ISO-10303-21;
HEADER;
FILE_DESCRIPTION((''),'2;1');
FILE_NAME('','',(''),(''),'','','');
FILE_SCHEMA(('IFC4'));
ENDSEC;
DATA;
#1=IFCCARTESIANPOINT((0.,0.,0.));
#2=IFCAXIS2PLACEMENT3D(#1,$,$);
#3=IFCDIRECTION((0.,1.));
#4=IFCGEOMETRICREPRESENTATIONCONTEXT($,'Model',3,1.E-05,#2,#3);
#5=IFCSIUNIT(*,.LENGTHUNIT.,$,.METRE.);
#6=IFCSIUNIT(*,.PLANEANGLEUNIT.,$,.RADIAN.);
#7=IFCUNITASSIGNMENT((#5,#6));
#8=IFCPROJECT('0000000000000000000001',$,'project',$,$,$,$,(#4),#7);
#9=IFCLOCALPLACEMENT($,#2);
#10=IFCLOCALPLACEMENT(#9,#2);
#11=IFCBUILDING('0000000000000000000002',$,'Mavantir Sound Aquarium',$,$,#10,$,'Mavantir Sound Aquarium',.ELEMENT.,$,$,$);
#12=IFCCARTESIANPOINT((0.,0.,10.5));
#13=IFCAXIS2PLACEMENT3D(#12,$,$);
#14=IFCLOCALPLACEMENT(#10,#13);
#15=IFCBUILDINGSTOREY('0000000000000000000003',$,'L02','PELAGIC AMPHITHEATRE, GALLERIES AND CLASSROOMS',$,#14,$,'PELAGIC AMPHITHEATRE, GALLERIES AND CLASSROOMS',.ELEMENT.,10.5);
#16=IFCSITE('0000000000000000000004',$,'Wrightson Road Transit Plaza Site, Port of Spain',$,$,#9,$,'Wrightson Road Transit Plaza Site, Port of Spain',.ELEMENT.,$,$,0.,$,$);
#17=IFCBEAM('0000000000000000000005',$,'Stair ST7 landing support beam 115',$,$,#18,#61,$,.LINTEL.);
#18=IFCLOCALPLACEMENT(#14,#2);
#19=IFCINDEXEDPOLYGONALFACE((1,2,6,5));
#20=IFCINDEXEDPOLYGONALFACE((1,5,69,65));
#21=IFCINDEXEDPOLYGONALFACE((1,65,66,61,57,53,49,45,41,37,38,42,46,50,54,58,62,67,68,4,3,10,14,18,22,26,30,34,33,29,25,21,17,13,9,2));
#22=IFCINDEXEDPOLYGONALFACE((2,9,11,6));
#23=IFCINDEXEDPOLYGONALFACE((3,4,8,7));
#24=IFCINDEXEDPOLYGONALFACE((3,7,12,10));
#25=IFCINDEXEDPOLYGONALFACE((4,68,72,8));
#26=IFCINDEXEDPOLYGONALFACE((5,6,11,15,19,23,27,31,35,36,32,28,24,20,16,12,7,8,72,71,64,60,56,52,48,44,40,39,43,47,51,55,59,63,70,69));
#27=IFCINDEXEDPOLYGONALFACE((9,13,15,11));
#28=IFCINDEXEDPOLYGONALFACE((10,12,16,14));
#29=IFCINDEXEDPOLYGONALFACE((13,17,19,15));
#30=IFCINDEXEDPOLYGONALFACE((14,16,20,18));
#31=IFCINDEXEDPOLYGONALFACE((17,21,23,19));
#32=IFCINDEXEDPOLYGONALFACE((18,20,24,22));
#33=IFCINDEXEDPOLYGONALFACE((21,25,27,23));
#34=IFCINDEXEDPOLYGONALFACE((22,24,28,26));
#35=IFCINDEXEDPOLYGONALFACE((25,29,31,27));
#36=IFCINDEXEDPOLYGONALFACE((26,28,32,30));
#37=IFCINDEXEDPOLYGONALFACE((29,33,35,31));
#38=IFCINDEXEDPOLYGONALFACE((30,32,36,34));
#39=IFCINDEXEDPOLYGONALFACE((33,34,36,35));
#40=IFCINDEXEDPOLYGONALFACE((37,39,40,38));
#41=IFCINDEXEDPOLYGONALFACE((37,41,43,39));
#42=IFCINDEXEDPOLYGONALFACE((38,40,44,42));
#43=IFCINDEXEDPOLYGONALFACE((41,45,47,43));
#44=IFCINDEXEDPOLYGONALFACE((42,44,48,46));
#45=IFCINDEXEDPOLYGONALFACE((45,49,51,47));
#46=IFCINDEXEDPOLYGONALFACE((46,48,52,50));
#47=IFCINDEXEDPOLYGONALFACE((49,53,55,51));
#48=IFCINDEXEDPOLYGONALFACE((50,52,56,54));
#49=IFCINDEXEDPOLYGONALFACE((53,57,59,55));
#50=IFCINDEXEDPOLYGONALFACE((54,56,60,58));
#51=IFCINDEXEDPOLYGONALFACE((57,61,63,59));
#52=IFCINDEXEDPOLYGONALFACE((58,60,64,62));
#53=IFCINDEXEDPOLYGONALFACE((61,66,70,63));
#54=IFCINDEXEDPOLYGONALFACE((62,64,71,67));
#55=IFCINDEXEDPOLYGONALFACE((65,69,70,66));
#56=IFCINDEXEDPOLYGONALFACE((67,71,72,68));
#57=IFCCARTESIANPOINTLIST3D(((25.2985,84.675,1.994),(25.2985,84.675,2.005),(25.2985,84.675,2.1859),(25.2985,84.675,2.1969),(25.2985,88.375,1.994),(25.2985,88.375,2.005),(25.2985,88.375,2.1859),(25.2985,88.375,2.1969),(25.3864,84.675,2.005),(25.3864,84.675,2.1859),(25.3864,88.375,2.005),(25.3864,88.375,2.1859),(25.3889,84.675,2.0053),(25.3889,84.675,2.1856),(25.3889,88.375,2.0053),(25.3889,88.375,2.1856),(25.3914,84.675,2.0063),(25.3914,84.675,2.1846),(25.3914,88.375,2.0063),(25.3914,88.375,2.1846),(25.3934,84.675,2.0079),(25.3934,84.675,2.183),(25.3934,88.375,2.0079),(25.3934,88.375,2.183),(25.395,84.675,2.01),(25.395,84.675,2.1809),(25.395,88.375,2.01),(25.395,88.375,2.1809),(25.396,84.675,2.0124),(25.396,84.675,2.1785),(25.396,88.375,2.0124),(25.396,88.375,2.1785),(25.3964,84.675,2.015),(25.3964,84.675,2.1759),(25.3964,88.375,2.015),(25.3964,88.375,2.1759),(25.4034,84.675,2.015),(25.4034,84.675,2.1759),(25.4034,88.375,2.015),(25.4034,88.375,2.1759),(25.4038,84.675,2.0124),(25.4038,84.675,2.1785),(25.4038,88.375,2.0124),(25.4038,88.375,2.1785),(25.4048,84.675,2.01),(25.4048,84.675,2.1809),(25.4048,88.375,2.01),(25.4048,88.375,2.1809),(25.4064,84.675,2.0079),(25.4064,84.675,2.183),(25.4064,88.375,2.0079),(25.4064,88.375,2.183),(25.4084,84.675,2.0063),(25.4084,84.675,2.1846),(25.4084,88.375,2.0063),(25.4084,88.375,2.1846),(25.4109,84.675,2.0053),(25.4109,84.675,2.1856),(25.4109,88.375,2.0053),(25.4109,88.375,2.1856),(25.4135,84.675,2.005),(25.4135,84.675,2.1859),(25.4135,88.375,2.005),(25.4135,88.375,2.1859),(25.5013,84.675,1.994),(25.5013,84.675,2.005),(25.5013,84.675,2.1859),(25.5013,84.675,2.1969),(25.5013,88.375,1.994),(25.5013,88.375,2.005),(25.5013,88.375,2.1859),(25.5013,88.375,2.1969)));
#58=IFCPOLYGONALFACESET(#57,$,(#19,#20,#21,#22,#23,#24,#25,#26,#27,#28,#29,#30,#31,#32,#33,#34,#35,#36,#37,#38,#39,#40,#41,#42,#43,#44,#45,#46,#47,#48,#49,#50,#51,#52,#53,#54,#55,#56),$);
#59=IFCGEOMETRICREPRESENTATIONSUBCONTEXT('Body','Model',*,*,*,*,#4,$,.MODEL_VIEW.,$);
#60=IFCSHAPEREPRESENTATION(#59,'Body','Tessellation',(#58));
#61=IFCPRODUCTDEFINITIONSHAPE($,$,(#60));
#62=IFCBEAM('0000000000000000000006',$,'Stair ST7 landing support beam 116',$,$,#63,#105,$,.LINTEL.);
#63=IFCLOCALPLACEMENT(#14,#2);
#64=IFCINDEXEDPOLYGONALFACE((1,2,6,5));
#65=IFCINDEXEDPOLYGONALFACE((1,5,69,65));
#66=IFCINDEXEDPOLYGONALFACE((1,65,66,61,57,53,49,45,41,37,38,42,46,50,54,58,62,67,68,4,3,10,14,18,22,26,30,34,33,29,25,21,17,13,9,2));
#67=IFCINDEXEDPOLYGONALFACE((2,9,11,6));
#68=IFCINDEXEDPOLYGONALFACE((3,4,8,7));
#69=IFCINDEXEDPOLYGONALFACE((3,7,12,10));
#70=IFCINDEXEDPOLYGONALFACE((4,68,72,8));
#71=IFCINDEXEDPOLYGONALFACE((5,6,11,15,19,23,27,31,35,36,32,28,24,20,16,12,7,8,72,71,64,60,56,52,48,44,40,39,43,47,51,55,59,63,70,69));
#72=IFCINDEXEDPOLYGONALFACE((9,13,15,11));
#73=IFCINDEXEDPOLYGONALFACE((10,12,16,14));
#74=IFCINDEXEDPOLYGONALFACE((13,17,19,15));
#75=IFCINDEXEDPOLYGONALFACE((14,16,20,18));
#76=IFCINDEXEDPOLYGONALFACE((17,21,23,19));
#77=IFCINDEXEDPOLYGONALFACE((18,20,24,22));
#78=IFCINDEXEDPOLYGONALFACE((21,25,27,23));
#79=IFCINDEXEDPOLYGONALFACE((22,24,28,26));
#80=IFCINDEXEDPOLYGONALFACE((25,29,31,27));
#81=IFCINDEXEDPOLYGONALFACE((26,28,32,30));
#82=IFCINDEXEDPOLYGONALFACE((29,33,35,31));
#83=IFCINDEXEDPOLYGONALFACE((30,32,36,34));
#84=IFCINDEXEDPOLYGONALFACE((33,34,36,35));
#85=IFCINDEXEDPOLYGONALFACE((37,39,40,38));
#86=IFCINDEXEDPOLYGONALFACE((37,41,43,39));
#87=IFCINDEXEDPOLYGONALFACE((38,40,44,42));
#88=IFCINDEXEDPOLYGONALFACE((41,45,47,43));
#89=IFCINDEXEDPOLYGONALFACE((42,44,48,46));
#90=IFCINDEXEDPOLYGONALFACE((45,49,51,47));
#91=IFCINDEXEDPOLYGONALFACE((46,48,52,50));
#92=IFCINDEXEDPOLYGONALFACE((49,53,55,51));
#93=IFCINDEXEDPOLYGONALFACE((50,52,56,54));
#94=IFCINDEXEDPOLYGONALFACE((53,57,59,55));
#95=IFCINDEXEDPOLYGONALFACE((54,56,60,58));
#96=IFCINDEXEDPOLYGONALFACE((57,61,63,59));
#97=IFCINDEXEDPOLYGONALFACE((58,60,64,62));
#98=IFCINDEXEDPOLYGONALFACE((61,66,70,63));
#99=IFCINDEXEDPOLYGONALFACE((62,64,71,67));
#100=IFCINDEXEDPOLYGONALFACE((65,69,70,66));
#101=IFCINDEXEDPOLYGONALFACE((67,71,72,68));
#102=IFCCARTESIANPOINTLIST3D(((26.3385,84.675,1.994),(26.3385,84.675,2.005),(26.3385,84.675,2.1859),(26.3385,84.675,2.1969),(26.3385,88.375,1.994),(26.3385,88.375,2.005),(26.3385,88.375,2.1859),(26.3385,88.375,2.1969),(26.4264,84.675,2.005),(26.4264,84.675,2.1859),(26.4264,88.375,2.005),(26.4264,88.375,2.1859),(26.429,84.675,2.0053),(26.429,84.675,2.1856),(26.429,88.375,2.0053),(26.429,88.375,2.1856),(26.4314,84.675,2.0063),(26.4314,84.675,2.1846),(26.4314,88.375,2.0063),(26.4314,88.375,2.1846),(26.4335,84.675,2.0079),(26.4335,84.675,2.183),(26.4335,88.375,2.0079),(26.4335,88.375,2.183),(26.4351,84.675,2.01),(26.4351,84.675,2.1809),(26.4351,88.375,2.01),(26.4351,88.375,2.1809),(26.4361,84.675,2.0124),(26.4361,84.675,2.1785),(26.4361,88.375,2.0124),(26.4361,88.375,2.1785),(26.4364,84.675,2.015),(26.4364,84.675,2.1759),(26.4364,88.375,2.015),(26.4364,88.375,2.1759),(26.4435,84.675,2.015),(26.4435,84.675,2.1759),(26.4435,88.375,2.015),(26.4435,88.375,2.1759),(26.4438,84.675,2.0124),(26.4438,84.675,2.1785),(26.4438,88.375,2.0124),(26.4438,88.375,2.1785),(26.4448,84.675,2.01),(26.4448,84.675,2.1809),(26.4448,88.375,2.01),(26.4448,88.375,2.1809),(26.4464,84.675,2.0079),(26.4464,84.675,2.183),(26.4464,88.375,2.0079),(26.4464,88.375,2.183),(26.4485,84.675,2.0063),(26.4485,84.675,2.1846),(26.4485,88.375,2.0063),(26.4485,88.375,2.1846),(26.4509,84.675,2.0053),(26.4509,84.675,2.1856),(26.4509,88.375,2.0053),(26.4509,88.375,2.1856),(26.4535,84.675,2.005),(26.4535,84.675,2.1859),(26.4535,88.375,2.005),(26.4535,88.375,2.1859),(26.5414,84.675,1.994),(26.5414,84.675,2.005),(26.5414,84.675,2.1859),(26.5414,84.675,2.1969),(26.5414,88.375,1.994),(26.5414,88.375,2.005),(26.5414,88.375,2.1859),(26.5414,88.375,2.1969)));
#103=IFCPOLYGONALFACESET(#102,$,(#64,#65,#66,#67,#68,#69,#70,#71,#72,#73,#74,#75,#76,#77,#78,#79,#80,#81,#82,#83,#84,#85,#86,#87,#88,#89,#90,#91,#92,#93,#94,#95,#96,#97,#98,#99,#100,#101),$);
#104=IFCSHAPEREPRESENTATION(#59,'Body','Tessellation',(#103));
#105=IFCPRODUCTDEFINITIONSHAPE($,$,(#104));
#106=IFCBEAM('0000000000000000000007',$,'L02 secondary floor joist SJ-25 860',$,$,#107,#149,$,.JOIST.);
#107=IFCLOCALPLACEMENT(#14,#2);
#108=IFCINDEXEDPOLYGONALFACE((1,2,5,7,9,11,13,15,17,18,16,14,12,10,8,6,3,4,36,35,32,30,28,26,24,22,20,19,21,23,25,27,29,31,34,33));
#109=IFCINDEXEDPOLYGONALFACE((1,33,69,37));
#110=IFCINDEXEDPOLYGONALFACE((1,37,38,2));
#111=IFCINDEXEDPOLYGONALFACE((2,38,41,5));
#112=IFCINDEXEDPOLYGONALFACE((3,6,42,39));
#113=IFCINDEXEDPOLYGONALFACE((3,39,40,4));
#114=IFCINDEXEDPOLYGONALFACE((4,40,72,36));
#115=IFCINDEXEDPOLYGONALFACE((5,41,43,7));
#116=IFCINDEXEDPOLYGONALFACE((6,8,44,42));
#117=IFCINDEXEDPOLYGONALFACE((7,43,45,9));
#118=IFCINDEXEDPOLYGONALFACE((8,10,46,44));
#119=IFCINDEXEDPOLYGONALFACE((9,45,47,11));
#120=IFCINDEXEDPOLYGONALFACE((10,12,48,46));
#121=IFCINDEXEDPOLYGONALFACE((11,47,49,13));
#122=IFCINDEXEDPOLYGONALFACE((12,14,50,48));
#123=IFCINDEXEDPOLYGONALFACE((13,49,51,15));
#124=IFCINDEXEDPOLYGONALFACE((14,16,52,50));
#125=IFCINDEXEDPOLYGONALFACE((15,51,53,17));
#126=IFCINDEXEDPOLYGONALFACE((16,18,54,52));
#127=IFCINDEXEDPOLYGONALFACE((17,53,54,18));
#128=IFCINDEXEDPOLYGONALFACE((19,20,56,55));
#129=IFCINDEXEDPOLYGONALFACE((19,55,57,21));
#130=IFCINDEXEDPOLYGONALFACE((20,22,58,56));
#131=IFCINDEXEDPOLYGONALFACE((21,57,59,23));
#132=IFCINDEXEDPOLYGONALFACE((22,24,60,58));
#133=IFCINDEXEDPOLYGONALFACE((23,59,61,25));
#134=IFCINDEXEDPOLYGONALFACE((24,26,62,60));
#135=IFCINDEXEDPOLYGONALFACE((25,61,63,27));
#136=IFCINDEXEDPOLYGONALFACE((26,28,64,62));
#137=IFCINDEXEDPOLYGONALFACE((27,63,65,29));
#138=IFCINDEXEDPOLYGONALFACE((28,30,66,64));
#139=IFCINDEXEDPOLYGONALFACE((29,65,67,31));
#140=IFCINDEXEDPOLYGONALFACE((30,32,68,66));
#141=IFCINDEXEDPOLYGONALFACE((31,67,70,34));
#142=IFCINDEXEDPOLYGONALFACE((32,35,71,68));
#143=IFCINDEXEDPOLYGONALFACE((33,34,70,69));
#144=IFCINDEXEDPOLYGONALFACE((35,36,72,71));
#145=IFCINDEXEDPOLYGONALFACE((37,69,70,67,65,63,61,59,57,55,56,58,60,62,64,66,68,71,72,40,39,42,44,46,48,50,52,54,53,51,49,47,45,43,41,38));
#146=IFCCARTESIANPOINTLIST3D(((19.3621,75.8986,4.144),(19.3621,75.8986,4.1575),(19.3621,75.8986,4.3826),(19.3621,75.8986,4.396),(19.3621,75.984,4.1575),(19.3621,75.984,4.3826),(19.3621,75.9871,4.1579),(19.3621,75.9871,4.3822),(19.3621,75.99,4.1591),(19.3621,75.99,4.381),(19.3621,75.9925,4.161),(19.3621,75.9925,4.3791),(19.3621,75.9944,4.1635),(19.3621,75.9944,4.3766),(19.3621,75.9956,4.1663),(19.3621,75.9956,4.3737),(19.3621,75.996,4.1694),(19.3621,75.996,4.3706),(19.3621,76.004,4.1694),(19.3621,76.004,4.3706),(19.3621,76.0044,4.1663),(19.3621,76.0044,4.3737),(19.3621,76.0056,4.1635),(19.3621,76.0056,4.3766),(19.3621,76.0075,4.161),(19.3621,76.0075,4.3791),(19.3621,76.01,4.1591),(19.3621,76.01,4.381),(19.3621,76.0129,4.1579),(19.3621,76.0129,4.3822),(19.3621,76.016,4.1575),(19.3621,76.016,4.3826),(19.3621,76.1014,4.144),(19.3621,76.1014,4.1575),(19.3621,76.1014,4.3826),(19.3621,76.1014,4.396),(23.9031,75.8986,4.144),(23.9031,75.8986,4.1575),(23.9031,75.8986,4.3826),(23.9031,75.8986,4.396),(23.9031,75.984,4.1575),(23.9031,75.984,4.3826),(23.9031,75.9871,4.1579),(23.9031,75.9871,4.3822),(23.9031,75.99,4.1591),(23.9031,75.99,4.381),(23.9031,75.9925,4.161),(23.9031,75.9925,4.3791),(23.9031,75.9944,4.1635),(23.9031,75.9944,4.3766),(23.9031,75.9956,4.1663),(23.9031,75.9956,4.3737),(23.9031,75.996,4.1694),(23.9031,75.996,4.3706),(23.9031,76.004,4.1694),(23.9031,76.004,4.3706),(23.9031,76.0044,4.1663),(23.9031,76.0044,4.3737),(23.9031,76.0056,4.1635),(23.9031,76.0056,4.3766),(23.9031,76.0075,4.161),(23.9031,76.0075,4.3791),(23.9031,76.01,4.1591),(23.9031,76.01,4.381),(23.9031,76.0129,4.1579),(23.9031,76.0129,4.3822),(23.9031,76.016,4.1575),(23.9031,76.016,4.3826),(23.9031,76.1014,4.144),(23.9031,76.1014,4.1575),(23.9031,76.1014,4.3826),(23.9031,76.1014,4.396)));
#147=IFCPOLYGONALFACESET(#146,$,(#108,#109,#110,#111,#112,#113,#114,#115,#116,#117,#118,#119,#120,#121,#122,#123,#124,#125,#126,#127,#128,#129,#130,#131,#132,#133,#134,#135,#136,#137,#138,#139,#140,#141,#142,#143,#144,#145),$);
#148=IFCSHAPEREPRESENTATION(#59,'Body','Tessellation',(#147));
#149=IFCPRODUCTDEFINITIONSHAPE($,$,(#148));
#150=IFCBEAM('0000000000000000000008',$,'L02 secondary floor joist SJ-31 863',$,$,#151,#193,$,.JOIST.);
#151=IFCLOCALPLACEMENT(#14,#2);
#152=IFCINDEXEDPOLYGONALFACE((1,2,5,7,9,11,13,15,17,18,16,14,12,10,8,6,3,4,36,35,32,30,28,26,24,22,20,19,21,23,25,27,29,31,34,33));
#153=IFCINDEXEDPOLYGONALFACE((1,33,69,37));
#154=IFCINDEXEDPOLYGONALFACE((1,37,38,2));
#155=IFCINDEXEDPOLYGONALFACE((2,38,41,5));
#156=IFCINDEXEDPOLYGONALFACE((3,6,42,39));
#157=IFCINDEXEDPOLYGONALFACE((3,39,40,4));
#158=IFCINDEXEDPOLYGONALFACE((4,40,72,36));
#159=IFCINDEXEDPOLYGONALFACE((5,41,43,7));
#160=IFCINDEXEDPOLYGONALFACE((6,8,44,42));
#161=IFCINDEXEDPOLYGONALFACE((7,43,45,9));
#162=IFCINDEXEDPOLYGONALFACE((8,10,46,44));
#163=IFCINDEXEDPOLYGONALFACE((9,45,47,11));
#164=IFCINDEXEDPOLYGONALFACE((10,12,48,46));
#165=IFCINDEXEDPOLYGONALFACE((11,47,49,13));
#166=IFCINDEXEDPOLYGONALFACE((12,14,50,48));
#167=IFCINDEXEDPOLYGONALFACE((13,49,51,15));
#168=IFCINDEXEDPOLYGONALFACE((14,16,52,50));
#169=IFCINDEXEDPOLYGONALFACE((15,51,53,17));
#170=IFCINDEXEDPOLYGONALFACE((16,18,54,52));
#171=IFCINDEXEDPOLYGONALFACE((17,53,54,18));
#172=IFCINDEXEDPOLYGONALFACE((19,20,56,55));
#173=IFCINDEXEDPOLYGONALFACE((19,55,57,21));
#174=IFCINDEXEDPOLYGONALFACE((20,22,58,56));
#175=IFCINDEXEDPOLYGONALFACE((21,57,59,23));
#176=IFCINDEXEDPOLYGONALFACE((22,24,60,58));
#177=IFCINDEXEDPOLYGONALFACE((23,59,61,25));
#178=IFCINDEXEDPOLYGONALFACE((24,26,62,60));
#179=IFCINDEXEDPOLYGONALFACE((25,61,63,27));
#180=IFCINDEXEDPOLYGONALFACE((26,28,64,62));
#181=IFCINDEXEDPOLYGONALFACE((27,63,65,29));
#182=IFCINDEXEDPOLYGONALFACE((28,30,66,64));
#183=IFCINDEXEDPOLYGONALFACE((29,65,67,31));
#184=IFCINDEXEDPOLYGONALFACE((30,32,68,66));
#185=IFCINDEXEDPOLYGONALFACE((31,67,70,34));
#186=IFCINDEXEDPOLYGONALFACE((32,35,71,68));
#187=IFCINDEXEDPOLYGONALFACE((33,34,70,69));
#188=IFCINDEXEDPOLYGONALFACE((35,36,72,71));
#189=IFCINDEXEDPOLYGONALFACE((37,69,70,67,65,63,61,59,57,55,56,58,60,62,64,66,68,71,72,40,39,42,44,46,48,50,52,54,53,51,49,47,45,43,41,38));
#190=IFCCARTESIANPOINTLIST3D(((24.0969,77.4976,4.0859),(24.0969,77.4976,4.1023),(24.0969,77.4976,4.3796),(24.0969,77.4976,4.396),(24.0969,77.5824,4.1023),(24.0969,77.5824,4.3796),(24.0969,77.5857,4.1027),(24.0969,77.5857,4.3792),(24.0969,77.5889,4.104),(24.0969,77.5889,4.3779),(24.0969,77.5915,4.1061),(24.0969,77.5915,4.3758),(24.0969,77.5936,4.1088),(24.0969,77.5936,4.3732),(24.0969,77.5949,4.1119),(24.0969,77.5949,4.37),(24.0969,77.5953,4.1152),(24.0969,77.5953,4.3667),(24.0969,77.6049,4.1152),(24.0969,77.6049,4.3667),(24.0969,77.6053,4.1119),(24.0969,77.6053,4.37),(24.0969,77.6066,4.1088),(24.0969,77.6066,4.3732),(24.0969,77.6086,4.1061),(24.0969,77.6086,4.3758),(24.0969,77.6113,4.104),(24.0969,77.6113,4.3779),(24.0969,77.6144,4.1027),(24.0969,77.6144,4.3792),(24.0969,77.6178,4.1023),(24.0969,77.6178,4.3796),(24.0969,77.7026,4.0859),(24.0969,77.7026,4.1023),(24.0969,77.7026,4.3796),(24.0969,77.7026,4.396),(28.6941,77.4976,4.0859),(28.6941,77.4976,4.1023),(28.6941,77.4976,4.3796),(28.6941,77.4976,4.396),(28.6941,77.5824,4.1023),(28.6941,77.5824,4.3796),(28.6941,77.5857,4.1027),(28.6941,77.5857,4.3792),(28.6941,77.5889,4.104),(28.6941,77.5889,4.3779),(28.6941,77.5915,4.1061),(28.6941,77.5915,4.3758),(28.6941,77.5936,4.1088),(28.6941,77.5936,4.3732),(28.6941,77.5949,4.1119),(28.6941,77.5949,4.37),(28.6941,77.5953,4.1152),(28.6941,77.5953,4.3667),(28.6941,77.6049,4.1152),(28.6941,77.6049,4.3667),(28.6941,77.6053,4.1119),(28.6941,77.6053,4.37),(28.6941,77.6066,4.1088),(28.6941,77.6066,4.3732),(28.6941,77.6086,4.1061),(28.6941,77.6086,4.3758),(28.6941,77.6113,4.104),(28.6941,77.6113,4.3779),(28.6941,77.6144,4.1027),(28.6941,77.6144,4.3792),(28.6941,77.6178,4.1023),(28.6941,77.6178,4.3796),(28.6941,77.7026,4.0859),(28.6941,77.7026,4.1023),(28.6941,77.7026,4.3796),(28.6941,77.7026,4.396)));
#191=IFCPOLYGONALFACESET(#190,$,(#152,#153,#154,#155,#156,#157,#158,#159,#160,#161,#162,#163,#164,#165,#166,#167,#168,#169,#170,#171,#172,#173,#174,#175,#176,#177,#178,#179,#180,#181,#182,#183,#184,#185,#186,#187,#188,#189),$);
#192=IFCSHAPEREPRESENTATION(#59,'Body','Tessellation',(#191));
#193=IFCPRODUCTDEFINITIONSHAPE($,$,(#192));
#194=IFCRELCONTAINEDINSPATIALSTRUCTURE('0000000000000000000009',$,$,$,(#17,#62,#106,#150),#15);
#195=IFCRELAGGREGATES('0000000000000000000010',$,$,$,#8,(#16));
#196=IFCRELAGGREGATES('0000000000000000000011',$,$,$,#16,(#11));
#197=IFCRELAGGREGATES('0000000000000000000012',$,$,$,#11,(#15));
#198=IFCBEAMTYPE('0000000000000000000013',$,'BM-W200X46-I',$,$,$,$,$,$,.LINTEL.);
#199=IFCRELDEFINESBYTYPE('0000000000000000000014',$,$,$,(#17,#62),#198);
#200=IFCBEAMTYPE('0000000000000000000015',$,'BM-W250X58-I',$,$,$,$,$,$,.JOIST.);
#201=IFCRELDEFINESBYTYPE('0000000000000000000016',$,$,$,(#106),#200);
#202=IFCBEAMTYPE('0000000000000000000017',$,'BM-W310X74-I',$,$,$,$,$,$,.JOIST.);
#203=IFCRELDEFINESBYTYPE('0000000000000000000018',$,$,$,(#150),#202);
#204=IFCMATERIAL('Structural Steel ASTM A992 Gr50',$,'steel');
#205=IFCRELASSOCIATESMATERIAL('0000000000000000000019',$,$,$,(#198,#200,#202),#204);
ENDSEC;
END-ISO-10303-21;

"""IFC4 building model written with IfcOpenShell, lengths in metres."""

from ifc_helpers import new_model, si_unit, direction, frame, origin, origin_2d, place, context, subcontext, project, spatial, i_section, extrude, material, material_profile, profile_set, type_object, element, save


model = new_model("IFC4")

# Units and contexts
model_context = context("Model", 3, precision=1e-05, world=origin(), true_north=direction((0.0, 1.0)))
body_context = subcontext(model_context, "Body", "Model", "MODEL_VIEW")
ifc_project = project(units=[si_unit("LENGTHUNIT", "METRE"), si_unit("PLANEANGLEUNIT", "RADIAN")], contexts=[model_context])

# Site, building, storey
site_placement = place(None, origin())
site = spatial("IfcSite", under=ifc_project, at=site_placement, Name="Wrightson Road Transit Plaza Site, Port of Spain", LongName="Wrightson Road Transit Plaza Site, Port of Spain", CompositionType="ELEMENT", RefElevation=0.0)
building_placement = place(site_placement, origin())
building = spatial("IfcBuilding", under=site, at=building_placement, Name="Mavantir Sound Aquarium", LongName="Mavantir Sound Aquarium", CompositionType="ELEMENT")
storey_placement = place(building_placement, frame((0.0, 0.0, 10.5)))
storey = spatial("IfcBuildingStorey", under=building, at=storey_placement, Name="L02", Description="PELAGIC AMPHITHEATRE, GALLERIES AND CLASSROOMS", LongName="PELAGIC AMPHITHEATRE, GALLERIES AND CLASSROOMS", CompositionType="ELEMENT", Elevation=10.5)

# Beams
ifc_material_1 = material(Name="Structural Steel ASTM A992 Gr50", Category="steel")
ifc_material_profile_1 = material_profile(ifc_material_1, i_section(OverallWidth=0.2029, OverallDepth=0.2029, WebThickness=0.0071, FlangeThickness=0.011, FilletRadius=0.01, at=origin_2d()), Name="W200X46")
ifc_profile_set_1 = profile_set([ifc_material_profile_1], Name="Structural Steel ASTM A992 Gr50")
beam_type_1 = type_object("IfcBeamType", Name="BM-W200X46-I", PredefinedType="LINTEL", material=ifc_profile_set_1)
for number, where, z_axis, x_axis, name in (
    (1, (25.3999, 84.675, 2.0955), (0.0, 1.0, 0.0), (-1.0, 0.0, 0.0), "Stair ST7 landing support beam 115"),
    (2, (26.4399, 84.675, 2.0955), (0.0, 1.0, 0.0), (-1.0, 0.0, 0.0), "Stair ST7 landing support beam 116"),
):
    element("IfcBeam", number, at=place(storey_placement, frame(where, z_axis=z_axis, x_axis=x_axis)), inside=storey, type_object=beam_type_1, Name=name, PredefinedType="LINTEL", context=body_context, shape_type="SweptSolid", body=[
        extrude(i_section(OverallWidth=0.2029, OverallDepth=0.2029, WebThickness=0.0071, FlangeThickness=0.011, FilletRadius=0.01, at=origin_2d()), origin(), (0.0, 0.0, 1.0), 3.7),
    ])
ifc_material_profile_2 = material_profile(ifc_material_1, i_section(OverallWidth=0.2029, OverallDepth=0.252, WebThickness=0.0081, FlangeThickness=0.0134, FilletRadius=0.012, at=origin_2d()), Name="W250X58")
ifc_profile_set_2 = profile_set([ifc_material_profile_2], Name="Structural Steel ASTM A992 Gr50")
beam_type_2 = type_object("IfcBeamType", Name="BM-W250X58-I", PredefinedType="JOIST", material=ifc_profile_set_2)
beam_1_placement = place(storey_placement, frame((19.3621, 76.0, 4.27), z_axis=(1.0, 0.0, 0.0), x_axis=(0.0, 1.0, 0.0)))
element("IfcBeam", 3, at=beam_1_placement, inside=storey, type_object=beam_type_2, Name="L02 secondary floor joist SJ-25 860", PredefinedType="JOIST", context=body_context, shape_type="SweptSolid", body=[
    extrude(i_section(OverallWidth=0.2029, OverallDepth=0.252, WebThickness=0.0081, FlangeThickness=0.0134, FilletRadius=0.012, at=origin_2d()), origin(), (0.0, 0.0, 1.0), 4.541),
])
ifc_material_profile_3 = material_profile(ifc_material_1, i_section(OverallWidth=0.2051, OverallDepth=0.3101, WebThickness=0.0095, FlangeThickness=0.0164, FilletRadius=0.0129, at=origin_2d()), Name="W310X74")
ifc_profile_set_3 = profile_set([ifc_material_profile_3], Name="Structural Steel ASTM A992 Gr50")
beam_type_3 = type_object("IfcBeamType", Name="BM-W310X74-I", PredefinedType="JOIST", material=ifc_profile_set_3)
beam_2_placement = place(storey_placement, frame((24.0969, 77.6001, 4.241), z_axis=(1.0, 0.0, 0.0), x_axis=(0.0, 1.0, 0.0)))
element("IfcBeam", 4, at=beam_2_placement, inside=storey, type_object=beam_type_3, Name="L02 secondary floor joist SJ-31 863", PredefinedType="JOIST", context=body_context, shape_type="SweptSolid", body=[
    extrude(i_section(OverallWidth=0.2051, OverallDepth=0.3101, WebThickness=0.0095, FlangeThickness=0.0164, FilletRadius=0.0129, at=origin_2d()), origin(), (0.0, 0.0, 1.0), 4.5972),
])

save(model, "model.ifc")
